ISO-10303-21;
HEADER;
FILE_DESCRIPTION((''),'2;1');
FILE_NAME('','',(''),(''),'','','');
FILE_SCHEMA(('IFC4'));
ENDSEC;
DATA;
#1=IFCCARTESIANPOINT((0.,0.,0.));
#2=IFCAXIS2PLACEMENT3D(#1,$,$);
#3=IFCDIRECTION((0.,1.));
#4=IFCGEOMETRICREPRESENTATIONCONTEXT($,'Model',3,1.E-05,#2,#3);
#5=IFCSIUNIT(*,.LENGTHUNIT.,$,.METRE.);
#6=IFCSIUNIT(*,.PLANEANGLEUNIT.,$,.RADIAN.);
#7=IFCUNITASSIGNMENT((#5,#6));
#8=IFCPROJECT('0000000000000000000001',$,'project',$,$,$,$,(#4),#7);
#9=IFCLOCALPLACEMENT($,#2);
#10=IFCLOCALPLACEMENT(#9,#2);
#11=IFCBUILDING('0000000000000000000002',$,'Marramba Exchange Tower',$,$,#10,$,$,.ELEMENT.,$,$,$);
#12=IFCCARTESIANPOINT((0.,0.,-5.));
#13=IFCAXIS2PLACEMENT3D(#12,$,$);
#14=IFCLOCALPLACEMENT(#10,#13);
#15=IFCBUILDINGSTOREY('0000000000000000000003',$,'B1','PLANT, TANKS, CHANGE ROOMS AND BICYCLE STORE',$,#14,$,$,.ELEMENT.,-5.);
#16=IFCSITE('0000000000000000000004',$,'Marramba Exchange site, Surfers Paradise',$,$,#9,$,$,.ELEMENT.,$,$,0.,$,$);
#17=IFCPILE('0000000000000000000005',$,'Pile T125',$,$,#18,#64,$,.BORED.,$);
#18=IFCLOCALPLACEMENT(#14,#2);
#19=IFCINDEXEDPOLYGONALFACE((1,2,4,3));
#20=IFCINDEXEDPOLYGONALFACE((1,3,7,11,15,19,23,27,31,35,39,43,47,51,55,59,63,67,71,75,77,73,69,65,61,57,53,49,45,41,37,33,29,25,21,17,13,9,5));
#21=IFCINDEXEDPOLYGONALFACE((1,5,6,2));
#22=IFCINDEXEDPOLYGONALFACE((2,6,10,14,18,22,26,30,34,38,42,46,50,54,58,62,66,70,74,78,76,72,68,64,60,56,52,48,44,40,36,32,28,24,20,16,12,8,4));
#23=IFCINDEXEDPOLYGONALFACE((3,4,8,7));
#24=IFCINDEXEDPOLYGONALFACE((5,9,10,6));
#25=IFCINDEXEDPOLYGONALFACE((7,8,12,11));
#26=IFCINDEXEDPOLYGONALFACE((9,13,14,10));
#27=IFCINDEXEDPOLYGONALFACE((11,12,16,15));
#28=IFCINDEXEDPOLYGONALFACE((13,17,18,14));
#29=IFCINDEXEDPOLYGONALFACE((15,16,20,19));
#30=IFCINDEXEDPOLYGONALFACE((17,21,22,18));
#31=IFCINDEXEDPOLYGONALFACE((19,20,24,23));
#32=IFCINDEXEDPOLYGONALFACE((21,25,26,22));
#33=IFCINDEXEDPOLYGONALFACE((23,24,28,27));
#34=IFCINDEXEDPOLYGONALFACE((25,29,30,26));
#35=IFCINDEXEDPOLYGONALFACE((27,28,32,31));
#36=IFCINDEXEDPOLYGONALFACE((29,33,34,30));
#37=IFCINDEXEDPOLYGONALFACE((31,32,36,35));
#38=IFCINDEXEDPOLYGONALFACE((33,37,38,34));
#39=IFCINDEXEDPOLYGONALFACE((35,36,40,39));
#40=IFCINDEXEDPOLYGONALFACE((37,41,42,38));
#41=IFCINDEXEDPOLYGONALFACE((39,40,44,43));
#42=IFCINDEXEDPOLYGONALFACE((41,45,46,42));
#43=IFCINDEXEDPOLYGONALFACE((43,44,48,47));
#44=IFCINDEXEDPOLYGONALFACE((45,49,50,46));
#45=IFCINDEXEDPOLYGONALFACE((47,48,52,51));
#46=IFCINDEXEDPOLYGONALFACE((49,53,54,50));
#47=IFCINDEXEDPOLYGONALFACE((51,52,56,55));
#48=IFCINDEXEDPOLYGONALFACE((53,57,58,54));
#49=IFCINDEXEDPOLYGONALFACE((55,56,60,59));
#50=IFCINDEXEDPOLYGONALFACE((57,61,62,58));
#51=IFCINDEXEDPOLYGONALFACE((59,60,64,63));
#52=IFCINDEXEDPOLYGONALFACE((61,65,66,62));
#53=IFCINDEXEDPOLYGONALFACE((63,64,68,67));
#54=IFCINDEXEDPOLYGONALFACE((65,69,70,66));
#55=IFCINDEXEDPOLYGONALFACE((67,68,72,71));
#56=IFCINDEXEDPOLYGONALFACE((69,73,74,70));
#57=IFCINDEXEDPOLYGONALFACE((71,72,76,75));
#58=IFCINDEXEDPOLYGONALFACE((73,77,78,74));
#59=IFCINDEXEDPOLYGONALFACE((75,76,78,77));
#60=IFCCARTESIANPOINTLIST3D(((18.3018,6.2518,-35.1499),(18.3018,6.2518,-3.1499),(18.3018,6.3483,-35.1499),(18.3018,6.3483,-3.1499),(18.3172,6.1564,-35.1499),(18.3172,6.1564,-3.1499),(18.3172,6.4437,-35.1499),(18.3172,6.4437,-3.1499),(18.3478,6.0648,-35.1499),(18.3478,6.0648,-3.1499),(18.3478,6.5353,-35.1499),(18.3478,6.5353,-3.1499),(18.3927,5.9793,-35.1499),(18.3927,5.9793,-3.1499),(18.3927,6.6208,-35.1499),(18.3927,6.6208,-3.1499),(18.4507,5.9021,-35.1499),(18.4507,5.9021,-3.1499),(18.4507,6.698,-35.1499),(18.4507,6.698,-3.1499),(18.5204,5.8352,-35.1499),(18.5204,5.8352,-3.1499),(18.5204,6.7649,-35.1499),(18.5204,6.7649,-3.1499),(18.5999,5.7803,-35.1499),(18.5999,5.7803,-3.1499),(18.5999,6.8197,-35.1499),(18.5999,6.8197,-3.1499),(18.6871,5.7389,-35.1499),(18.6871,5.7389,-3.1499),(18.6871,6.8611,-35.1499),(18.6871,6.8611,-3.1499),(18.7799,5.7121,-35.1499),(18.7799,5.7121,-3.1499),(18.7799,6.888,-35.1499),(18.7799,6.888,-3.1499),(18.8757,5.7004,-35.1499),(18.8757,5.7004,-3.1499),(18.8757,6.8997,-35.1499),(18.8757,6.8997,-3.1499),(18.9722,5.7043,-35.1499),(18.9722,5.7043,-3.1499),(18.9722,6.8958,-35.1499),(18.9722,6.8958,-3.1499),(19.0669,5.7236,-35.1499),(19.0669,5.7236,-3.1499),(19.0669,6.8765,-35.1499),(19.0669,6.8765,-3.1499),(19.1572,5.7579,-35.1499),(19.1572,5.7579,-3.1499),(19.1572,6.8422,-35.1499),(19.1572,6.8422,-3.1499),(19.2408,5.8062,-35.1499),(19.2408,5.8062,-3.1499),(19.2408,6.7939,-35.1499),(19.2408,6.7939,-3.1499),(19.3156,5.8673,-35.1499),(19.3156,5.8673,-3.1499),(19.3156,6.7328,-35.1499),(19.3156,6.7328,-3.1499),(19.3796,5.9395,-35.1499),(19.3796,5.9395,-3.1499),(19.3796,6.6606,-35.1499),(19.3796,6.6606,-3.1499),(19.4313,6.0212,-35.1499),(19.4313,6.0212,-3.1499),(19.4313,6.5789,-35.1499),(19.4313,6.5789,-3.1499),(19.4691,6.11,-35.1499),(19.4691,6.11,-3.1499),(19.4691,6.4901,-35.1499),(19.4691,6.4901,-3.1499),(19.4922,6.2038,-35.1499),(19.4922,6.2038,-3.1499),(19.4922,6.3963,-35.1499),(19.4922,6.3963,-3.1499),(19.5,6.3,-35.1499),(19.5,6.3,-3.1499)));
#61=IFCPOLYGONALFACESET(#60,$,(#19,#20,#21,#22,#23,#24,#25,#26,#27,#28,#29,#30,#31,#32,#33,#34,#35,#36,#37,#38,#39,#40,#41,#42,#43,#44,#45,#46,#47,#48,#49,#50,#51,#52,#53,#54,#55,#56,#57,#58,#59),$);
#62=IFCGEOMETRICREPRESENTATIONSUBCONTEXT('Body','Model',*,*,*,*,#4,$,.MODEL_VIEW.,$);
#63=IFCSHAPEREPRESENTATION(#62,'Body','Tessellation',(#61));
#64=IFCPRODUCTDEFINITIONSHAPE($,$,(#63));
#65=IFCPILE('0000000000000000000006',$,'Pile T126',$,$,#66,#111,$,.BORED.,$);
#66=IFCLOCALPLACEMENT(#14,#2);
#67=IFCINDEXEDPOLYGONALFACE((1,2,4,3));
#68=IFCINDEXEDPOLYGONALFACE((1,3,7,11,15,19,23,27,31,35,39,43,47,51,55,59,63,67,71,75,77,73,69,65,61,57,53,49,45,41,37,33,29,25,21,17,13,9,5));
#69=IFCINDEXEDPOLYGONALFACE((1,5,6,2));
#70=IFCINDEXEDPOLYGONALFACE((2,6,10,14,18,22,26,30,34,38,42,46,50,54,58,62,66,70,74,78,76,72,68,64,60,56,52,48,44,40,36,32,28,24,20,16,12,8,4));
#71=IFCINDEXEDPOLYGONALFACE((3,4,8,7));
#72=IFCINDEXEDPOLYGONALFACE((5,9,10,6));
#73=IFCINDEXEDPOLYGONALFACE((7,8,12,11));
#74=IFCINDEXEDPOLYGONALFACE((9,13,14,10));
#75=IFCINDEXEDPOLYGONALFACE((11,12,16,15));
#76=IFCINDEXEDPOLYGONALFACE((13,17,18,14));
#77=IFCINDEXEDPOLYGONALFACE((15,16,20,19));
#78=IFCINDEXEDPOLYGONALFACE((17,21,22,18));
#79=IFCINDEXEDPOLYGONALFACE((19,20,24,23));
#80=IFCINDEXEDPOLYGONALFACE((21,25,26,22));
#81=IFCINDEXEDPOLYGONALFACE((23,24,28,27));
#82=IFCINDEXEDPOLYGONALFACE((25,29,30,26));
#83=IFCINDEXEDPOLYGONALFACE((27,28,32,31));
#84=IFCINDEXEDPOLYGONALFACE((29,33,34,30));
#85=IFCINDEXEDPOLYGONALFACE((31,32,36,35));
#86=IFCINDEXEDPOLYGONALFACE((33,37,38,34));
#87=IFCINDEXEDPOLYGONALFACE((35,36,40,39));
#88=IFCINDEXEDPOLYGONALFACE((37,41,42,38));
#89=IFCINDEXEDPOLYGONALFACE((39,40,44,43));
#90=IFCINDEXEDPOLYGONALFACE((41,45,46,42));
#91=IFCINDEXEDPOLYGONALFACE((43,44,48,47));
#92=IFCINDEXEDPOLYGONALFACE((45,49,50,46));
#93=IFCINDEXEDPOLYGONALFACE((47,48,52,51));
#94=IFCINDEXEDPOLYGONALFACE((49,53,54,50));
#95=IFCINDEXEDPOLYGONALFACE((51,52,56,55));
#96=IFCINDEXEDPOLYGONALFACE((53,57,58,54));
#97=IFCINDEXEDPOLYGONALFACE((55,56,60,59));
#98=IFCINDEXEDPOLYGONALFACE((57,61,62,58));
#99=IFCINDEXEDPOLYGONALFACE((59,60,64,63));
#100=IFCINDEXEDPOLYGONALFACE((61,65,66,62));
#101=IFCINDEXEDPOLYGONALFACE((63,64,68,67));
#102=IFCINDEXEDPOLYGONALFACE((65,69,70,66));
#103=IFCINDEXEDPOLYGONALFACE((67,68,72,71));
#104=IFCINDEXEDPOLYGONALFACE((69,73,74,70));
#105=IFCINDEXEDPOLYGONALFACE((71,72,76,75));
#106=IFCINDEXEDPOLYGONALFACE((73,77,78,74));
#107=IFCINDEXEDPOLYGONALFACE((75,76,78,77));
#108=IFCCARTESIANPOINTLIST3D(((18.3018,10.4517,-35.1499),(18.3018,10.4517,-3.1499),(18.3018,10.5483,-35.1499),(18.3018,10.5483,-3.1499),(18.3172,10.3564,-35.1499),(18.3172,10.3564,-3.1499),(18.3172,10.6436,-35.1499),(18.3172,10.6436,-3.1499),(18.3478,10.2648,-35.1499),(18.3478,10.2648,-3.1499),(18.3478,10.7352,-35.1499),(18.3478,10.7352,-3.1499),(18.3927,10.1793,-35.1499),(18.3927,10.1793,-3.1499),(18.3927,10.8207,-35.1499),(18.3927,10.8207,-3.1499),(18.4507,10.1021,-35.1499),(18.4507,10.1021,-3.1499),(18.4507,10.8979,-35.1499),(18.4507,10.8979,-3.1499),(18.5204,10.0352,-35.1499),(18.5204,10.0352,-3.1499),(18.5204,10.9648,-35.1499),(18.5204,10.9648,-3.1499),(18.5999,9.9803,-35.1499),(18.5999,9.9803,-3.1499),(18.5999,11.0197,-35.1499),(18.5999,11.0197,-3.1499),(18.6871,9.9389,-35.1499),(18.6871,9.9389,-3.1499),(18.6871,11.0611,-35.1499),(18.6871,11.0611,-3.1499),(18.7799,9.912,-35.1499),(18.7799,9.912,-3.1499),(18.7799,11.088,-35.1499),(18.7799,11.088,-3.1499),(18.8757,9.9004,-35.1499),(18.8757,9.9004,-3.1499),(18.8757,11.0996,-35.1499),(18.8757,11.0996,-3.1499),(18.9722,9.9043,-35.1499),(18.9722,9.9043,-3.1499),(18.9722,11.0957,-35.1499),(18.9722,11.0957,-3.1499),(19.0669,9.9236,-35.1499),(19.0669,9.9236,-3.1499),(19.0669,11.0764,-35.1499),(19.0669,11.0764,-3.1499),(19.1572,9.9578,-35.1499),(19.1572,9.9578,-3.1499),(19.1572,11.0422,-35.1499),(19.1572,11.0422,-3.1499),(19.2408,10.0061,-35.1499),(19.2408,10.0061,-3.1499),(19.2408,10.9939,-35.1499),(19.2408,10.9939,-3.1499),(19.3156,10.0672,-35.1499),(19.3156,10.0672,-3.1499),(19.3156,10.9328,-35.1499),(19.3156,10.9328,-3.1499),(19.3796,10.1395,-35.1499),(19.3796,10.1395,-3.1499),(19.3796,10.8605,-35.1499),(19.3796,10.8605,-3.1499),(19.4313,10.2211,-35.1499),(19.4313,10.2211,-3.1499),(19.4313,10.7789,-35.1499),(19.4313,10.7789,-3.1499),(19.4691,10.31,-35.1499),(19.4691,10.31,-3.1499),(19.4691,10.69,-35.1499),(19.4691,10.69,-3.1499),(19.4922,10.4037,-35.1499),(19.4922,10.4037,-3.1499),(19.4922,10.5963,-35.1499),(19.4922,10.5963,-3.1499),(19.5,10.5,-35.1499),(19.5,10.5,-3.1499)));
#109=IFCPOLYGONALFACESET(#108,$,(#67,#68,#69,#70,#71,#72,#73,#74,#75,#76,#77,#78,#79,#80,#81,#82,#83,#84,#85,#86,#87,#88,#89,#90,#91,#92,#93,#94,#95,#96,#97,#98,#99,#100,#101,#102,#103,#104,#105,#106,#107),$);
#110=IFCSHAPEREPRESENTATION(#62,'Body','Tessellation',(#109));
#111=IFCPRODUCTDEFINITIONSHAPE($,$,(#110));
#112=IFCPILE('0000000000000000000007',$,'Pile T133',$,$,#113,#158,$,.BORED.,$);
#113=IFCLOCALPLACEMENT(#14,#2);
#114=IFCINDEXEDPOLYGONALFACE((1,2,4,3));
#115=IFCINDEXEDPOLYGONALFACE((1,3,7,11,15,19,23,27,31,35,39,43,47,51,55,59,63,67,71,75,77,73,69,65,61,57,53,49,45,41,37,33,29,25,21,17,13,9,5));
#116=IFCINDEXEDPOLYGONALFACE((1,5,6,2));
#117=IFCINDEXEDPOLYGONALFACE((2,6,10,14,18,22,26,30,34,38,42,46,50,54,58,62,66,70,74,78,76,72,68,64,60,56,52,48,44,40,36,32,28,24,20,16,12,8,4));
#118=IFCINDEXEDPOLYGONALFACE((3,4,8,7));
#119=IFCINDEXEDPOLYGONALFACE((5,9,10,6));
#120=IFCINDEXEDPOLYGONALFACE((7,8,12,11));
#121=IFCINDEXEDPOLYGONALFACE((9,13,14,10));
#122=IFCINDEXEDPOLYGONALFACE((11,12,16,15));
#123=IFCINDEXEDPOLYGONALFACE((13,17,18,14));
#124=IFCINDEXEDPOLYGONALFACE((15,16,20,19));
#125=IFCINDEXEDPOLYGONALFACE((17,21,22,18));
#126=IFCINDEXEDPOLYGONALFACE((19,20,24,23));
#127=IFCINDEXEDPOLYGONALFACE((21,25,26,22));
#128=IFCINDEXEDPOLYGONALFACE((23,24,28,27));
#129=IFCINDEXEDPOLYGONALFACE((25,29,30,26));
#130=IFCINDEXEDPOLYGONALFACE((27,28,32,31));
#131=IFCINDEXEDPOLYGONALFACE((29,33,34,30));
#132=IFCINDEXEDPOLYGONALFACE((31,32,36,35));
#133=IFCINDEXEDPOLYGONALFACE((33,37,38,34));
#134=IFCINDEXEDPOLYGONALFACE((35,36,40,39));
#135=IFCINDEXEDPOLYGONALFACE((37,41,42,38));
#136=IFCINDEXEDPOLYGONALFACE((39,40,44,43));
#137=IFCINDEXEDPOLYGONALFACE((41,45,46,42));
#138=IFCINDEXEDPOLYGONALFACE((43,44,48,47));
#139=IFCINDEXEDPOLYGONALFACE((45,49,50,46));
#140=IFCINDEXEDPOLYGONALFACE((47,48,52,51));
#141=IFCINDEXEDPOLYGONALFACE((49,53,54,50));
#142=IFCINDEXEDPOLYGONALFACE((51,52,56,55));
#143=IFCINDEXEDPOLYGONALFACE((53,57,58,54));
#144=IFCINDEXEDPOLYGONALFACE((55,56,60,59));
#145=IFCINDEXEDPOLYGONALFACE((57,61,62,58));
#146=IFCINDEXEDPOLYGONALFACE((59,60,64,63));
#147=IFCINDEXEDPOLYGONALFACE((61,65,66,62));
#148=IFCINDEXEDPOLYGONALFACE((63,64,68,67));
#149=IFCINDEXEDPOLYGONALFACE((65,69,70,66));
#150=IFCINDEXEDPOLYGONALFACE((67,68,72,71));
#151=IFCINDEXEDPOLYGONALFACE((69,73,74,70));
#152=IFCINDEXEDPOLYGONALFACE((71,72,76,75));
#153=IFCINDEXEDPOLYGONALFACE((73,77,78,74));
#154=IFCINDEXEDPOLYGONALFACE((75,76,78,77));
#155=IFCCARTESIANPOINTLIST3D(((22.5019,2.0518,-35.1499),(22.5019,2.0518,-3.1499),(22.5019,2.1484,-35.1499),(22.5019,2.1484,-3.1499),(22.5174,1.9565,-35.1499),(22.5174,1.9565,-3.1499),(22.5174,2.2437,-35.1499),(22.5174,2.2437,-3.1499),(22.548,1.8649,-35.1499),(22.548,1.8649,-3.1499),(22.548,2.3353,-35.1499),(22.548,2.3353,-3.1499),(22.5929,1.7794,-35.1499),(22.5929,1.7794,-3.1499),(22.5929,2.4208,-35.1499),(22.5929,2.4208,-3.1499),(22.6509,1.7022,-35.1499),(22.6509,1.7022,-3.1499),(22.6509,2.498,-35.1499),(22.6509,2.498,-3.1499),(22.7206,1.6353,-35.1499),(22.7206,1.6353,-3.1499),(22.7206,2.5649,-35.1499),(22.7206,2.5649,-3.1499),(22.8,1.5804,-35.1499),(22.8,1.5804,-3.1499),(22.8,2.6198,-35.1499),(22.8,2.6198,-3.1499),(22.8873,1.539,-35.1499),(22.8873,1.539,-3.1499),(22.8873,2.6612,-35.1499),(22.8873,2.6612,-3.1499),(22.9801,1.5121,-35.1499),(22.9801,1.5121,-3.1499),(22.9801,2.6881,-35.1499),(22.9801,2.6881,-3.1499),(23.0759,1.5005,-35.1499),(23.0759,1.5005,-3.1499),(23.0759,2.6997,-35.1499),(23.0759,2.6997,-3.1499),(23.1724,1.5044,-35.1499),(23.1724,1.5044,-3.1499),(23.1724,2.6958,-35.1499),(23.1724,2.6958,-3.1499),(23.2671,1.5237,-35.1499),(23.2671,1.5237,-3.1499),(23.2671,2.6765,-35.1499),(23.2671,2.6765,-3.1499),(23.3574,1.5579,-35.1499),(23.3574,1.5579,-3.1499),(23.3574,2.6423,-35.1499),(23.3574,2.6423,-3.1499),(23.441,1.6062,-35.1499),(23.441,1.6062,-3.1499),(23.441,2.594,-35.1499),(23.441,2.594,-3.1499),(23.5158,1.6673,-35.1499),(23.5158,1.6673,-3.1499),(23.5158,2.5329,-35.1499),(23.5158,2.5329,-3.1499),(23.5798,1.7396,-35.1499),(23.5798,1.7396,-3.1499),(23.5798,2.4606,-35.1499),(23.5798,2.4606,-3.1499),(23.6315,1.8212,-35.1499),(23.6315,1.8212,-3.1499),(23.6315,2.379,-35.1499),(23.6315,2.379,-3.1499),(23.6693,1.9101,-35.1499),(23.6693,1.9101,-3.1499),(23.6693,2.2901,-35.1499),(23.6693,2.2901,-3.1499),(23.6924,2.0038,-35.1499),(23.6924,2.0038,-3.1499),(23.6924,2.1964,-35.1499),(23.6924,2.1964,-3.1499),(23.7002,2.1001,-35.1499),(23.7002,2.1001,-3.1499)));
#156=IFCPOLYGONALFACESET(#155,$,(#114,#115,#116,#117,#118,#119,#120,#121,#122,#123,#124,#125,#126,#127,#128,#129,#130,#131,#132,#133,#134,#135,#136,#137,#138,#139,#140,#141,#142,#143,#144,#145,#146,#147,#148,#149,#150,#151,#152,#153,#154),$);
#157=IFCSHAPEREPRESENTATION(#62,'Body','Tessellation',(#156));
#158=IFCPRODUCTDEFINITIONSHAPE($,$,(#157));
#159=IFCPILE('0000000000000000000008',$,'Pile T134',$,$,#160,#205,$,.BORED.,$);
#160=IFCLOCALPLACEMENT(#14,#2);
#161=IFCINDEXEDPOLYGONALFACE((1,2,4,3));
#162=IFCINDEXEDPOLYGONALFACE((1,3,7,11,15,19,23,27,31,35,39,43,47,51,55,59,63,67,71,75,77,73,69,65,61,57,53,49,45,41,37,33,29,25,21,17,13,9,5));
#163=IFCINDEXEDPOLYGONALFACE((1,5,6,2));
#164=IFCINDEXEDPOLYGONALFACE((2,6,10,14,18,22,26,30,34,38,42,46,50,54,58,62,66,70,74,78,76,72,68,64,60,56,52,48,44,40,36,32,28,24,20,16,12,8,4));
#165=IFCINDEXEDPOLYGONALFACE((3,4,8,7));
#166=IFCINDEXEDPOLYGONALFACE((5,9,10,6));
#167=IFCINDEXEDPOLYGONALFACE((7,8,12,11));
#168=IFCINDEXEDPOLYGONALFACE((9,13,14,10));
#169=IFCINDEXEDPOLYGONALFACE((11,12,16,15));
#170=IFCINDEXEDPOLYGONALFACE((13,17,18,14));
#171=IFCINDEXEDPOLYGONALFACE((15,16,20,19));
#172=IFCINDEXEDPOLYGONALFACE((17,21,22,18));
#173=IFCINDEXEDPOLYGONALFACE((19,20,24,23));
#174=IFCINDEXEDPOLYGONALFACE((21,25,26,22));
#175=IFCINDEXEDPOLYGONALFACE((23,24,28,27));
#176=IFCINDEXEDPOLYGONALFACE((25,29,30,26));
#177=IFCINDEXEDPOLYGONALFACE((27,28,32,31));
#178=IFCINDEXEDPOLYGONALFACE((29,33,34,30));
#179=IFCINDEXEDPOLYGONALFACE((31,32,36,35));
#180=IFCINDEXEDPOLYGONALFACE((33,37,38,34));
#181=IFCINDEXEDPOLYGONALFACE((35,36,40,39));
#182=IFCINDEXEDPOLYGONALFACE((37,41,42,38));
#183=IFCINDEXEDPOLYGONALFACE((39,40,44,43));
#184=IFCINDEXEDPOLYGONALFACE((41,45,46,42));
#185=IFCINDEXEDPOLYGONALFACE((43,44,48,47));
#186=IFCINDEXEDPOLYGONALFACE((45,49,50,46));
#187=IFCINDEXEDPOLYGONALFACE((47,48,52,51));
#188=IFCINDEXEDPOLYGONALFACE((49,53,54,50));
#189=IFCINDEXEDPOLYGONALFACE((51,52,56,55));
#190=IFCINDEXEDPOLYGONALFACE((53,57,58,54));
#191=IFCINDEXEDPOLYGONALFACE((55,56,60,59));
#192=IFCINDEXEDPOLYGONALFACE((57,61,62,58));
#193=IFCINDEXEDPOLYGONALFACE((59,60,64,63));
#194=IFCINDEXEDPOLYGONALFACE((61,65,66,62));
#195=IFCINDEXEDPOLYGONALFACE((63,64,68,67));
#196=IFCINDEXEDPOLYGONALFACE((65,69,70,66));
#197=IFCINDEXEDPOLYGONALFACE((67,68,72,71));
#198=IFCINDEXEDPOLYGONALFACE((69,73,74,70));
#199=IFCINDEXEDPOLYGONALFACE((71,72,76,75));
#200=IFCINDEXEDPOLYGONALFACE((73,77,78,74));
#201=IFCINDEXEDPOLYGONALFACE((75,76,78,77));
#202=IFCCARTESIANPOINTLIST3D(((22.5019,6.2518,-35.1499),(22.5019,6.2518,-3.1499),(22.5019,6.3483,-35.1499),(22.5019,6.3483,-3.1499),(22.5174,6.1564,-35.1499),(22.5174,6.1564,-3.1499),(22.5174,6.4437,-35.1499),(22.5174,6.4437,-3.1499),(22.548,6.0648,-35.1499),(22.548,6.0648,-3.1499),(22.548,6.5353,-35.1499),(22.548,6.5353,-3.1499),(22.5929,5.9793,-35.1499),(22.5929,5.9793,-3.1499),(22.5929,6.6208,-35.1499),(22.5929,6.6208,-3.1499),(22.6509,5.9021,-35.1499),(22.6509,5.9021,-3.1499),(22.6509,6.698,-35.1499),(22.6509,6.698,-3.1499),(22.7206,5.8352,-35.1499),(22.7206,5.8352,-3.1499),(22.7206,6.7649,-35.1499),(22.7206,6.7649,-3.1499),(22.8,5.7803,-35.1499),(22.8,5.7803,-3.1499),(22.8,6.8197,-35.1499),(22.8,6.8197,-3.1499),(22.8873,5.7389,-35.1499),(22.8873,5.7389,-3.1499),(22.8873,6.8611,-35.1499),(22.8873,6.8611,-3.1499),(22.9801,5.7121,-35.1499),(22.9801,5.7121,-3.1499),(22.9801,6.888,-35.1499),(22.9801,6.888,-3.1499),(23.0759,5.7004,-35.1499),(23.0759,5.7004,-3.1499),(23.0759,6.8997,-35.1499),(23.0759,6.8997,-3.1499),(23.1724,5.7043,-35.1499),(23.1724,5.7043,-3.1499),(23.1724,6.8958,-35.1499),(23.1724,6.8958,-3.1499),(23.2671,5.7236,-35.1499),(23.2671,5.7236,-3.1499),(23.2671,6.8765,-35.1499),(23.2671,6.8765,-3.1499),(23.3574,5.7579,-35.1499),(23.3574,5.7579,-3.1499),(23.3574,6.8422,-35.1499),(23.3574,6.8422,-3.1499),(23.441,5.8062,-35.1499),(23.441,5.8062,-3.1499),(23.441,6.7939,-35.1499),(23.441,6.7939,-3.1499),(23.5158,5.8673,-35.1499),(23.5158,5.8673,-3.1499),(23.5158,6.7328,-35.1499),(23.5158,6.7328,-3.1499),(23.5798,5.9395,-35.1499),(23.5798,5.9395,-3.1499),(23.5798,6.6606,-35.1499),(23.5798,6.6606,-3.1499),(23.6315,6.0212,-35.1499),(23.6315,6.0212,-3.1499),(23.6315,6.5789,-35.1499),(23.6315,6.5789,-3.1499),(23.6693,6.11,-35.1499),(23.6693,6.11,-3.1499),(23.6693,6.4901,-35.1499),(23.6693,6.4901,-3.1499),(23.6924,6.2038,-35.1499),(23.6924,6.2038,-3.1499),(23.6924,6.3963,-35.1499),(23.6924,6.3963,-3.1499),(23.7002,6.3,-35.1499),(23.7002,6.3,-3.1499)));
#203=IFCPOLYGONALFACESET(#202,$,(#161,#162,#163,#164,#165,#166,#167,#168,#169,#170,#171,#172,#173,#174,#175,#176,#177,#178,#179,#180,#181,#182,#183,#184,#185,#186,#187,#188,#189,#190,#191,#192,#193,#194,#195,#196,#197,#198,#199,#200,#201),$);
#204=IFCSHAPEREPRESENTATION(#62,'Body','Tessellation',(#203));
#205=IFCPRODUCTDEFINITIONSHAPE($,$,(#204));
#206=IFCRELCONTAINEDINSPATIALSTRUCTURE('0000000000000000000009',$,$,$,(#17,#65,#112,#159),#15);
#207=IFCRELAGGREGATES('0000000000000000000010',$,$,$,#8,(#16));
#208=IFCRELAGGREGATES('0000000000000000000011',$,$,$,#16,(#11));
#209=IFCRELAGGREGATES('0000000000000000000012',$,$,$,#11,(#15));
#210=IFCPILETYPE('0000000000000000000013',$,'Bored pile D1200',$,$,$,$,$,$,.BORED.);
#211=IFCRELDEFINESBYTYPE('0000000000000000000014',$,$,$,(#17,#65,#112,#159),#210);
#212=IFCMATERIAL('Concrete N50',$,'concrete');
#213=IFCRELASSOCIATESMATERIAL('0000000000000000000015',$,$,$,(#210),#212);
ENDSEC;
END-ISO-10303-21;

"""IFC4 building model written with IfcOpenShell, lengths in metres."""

from ifc_helpers import new_model, si_unit, direction, frame, origin, origin_2d, place, context, subcontext, project, spatial, circle, extrude, material, material_profile, profile_set, type_object, element, save


model = new_model("IFC4")

# Units and contexts
model_context = context("Model", 3, precision=1e-05, world=origin(), true_north=direction((0.0, 1.0)))
body_context = subcontext(model_context, "Body", "Model", "MODEL_VIEW")
ifc_project = project(units=[si_unit("LENGTHUNIT", "METRE"), si_unit("PLANEANGLEUNIT", "RADIAN")], contexts=[model_context])

# Site, building, storey
site_placement = place(None, origin())
site = spatial("IfcSite", under=ifc_project, at=site_placement, Name="Marramba Exchange site, Surfers Paradise", CompositionType="ELEMENT", RefElevation=0.0)
building_placement = place(site_placement, origin())
building = spatial("IfcBuilding", under=site, at=building_placement, Name="Marramba Exchange Tower", CompositionType="ELEMENT")
storey_placement = place(building_placement, frame((0.0, 0.0, -5.0)))
storey = spatial("IfcBuildingStorey", under=building, at=storey_placement, Name="B1", Description="PLANT, TANKS, CHANGE ROOMS AND BICYCLE STORE", CompositionType="ELEMENT", Elevation=-5.0)

# Piles
ifc_material_1 = material(Name="Concrete N50", Category="concrete")
ifc_material_profile_1 = material_profile(ifc_material_1, circle(Radius=0.6001, at=origin_2d()), Name="BP D1200")
ifc_profile_set_1 = profile_set([ifc_material_profile_1], Name="Concrete N50")
pile_type = type_object("IfcPileType", Name="Bored pile D1200", PredefinedType="BORED", material=ifc_profile_set_1)
for number, where, z_axis, x_axis, name in (
    (1, (18.8999, 6.3, -3.1499), (0.0, 0.0, -1.0), (1.0, 0.0, 0.0), "Pile T125"),
    (2, (18.8999, 10.5, -3.1499), (0.0, 0.0, -1.0), (1.0, 0.0, 0.0), "Pile T126"),
    (3, (23.1001, 2.1001, -3.1499), (0.0, 0.0, -1.0), (1.0, 0.0, 0.0), "Pile T133"),
    (4, (23.1001, 6.3, -3.1499), (0.0, 0.0, -1.0), (1.0, 0.0, 0.0), "Pile T134"),
):
    element("IfcPile", number, at=place(storey_placement, frame(where, z_axis=z_axis, x_axis=x_axis)), inside=storey, type_object=pile_type, Name=name, PredefinedType="BORED", context=body_context, shape_type="SweptSolid", body=[
        extrude(circle(Radius=0.6001, at=origin_2d()), origin(), (0.0, 0.0, 1.0), 32.0),
    ])

save(model, "model.ifc")
